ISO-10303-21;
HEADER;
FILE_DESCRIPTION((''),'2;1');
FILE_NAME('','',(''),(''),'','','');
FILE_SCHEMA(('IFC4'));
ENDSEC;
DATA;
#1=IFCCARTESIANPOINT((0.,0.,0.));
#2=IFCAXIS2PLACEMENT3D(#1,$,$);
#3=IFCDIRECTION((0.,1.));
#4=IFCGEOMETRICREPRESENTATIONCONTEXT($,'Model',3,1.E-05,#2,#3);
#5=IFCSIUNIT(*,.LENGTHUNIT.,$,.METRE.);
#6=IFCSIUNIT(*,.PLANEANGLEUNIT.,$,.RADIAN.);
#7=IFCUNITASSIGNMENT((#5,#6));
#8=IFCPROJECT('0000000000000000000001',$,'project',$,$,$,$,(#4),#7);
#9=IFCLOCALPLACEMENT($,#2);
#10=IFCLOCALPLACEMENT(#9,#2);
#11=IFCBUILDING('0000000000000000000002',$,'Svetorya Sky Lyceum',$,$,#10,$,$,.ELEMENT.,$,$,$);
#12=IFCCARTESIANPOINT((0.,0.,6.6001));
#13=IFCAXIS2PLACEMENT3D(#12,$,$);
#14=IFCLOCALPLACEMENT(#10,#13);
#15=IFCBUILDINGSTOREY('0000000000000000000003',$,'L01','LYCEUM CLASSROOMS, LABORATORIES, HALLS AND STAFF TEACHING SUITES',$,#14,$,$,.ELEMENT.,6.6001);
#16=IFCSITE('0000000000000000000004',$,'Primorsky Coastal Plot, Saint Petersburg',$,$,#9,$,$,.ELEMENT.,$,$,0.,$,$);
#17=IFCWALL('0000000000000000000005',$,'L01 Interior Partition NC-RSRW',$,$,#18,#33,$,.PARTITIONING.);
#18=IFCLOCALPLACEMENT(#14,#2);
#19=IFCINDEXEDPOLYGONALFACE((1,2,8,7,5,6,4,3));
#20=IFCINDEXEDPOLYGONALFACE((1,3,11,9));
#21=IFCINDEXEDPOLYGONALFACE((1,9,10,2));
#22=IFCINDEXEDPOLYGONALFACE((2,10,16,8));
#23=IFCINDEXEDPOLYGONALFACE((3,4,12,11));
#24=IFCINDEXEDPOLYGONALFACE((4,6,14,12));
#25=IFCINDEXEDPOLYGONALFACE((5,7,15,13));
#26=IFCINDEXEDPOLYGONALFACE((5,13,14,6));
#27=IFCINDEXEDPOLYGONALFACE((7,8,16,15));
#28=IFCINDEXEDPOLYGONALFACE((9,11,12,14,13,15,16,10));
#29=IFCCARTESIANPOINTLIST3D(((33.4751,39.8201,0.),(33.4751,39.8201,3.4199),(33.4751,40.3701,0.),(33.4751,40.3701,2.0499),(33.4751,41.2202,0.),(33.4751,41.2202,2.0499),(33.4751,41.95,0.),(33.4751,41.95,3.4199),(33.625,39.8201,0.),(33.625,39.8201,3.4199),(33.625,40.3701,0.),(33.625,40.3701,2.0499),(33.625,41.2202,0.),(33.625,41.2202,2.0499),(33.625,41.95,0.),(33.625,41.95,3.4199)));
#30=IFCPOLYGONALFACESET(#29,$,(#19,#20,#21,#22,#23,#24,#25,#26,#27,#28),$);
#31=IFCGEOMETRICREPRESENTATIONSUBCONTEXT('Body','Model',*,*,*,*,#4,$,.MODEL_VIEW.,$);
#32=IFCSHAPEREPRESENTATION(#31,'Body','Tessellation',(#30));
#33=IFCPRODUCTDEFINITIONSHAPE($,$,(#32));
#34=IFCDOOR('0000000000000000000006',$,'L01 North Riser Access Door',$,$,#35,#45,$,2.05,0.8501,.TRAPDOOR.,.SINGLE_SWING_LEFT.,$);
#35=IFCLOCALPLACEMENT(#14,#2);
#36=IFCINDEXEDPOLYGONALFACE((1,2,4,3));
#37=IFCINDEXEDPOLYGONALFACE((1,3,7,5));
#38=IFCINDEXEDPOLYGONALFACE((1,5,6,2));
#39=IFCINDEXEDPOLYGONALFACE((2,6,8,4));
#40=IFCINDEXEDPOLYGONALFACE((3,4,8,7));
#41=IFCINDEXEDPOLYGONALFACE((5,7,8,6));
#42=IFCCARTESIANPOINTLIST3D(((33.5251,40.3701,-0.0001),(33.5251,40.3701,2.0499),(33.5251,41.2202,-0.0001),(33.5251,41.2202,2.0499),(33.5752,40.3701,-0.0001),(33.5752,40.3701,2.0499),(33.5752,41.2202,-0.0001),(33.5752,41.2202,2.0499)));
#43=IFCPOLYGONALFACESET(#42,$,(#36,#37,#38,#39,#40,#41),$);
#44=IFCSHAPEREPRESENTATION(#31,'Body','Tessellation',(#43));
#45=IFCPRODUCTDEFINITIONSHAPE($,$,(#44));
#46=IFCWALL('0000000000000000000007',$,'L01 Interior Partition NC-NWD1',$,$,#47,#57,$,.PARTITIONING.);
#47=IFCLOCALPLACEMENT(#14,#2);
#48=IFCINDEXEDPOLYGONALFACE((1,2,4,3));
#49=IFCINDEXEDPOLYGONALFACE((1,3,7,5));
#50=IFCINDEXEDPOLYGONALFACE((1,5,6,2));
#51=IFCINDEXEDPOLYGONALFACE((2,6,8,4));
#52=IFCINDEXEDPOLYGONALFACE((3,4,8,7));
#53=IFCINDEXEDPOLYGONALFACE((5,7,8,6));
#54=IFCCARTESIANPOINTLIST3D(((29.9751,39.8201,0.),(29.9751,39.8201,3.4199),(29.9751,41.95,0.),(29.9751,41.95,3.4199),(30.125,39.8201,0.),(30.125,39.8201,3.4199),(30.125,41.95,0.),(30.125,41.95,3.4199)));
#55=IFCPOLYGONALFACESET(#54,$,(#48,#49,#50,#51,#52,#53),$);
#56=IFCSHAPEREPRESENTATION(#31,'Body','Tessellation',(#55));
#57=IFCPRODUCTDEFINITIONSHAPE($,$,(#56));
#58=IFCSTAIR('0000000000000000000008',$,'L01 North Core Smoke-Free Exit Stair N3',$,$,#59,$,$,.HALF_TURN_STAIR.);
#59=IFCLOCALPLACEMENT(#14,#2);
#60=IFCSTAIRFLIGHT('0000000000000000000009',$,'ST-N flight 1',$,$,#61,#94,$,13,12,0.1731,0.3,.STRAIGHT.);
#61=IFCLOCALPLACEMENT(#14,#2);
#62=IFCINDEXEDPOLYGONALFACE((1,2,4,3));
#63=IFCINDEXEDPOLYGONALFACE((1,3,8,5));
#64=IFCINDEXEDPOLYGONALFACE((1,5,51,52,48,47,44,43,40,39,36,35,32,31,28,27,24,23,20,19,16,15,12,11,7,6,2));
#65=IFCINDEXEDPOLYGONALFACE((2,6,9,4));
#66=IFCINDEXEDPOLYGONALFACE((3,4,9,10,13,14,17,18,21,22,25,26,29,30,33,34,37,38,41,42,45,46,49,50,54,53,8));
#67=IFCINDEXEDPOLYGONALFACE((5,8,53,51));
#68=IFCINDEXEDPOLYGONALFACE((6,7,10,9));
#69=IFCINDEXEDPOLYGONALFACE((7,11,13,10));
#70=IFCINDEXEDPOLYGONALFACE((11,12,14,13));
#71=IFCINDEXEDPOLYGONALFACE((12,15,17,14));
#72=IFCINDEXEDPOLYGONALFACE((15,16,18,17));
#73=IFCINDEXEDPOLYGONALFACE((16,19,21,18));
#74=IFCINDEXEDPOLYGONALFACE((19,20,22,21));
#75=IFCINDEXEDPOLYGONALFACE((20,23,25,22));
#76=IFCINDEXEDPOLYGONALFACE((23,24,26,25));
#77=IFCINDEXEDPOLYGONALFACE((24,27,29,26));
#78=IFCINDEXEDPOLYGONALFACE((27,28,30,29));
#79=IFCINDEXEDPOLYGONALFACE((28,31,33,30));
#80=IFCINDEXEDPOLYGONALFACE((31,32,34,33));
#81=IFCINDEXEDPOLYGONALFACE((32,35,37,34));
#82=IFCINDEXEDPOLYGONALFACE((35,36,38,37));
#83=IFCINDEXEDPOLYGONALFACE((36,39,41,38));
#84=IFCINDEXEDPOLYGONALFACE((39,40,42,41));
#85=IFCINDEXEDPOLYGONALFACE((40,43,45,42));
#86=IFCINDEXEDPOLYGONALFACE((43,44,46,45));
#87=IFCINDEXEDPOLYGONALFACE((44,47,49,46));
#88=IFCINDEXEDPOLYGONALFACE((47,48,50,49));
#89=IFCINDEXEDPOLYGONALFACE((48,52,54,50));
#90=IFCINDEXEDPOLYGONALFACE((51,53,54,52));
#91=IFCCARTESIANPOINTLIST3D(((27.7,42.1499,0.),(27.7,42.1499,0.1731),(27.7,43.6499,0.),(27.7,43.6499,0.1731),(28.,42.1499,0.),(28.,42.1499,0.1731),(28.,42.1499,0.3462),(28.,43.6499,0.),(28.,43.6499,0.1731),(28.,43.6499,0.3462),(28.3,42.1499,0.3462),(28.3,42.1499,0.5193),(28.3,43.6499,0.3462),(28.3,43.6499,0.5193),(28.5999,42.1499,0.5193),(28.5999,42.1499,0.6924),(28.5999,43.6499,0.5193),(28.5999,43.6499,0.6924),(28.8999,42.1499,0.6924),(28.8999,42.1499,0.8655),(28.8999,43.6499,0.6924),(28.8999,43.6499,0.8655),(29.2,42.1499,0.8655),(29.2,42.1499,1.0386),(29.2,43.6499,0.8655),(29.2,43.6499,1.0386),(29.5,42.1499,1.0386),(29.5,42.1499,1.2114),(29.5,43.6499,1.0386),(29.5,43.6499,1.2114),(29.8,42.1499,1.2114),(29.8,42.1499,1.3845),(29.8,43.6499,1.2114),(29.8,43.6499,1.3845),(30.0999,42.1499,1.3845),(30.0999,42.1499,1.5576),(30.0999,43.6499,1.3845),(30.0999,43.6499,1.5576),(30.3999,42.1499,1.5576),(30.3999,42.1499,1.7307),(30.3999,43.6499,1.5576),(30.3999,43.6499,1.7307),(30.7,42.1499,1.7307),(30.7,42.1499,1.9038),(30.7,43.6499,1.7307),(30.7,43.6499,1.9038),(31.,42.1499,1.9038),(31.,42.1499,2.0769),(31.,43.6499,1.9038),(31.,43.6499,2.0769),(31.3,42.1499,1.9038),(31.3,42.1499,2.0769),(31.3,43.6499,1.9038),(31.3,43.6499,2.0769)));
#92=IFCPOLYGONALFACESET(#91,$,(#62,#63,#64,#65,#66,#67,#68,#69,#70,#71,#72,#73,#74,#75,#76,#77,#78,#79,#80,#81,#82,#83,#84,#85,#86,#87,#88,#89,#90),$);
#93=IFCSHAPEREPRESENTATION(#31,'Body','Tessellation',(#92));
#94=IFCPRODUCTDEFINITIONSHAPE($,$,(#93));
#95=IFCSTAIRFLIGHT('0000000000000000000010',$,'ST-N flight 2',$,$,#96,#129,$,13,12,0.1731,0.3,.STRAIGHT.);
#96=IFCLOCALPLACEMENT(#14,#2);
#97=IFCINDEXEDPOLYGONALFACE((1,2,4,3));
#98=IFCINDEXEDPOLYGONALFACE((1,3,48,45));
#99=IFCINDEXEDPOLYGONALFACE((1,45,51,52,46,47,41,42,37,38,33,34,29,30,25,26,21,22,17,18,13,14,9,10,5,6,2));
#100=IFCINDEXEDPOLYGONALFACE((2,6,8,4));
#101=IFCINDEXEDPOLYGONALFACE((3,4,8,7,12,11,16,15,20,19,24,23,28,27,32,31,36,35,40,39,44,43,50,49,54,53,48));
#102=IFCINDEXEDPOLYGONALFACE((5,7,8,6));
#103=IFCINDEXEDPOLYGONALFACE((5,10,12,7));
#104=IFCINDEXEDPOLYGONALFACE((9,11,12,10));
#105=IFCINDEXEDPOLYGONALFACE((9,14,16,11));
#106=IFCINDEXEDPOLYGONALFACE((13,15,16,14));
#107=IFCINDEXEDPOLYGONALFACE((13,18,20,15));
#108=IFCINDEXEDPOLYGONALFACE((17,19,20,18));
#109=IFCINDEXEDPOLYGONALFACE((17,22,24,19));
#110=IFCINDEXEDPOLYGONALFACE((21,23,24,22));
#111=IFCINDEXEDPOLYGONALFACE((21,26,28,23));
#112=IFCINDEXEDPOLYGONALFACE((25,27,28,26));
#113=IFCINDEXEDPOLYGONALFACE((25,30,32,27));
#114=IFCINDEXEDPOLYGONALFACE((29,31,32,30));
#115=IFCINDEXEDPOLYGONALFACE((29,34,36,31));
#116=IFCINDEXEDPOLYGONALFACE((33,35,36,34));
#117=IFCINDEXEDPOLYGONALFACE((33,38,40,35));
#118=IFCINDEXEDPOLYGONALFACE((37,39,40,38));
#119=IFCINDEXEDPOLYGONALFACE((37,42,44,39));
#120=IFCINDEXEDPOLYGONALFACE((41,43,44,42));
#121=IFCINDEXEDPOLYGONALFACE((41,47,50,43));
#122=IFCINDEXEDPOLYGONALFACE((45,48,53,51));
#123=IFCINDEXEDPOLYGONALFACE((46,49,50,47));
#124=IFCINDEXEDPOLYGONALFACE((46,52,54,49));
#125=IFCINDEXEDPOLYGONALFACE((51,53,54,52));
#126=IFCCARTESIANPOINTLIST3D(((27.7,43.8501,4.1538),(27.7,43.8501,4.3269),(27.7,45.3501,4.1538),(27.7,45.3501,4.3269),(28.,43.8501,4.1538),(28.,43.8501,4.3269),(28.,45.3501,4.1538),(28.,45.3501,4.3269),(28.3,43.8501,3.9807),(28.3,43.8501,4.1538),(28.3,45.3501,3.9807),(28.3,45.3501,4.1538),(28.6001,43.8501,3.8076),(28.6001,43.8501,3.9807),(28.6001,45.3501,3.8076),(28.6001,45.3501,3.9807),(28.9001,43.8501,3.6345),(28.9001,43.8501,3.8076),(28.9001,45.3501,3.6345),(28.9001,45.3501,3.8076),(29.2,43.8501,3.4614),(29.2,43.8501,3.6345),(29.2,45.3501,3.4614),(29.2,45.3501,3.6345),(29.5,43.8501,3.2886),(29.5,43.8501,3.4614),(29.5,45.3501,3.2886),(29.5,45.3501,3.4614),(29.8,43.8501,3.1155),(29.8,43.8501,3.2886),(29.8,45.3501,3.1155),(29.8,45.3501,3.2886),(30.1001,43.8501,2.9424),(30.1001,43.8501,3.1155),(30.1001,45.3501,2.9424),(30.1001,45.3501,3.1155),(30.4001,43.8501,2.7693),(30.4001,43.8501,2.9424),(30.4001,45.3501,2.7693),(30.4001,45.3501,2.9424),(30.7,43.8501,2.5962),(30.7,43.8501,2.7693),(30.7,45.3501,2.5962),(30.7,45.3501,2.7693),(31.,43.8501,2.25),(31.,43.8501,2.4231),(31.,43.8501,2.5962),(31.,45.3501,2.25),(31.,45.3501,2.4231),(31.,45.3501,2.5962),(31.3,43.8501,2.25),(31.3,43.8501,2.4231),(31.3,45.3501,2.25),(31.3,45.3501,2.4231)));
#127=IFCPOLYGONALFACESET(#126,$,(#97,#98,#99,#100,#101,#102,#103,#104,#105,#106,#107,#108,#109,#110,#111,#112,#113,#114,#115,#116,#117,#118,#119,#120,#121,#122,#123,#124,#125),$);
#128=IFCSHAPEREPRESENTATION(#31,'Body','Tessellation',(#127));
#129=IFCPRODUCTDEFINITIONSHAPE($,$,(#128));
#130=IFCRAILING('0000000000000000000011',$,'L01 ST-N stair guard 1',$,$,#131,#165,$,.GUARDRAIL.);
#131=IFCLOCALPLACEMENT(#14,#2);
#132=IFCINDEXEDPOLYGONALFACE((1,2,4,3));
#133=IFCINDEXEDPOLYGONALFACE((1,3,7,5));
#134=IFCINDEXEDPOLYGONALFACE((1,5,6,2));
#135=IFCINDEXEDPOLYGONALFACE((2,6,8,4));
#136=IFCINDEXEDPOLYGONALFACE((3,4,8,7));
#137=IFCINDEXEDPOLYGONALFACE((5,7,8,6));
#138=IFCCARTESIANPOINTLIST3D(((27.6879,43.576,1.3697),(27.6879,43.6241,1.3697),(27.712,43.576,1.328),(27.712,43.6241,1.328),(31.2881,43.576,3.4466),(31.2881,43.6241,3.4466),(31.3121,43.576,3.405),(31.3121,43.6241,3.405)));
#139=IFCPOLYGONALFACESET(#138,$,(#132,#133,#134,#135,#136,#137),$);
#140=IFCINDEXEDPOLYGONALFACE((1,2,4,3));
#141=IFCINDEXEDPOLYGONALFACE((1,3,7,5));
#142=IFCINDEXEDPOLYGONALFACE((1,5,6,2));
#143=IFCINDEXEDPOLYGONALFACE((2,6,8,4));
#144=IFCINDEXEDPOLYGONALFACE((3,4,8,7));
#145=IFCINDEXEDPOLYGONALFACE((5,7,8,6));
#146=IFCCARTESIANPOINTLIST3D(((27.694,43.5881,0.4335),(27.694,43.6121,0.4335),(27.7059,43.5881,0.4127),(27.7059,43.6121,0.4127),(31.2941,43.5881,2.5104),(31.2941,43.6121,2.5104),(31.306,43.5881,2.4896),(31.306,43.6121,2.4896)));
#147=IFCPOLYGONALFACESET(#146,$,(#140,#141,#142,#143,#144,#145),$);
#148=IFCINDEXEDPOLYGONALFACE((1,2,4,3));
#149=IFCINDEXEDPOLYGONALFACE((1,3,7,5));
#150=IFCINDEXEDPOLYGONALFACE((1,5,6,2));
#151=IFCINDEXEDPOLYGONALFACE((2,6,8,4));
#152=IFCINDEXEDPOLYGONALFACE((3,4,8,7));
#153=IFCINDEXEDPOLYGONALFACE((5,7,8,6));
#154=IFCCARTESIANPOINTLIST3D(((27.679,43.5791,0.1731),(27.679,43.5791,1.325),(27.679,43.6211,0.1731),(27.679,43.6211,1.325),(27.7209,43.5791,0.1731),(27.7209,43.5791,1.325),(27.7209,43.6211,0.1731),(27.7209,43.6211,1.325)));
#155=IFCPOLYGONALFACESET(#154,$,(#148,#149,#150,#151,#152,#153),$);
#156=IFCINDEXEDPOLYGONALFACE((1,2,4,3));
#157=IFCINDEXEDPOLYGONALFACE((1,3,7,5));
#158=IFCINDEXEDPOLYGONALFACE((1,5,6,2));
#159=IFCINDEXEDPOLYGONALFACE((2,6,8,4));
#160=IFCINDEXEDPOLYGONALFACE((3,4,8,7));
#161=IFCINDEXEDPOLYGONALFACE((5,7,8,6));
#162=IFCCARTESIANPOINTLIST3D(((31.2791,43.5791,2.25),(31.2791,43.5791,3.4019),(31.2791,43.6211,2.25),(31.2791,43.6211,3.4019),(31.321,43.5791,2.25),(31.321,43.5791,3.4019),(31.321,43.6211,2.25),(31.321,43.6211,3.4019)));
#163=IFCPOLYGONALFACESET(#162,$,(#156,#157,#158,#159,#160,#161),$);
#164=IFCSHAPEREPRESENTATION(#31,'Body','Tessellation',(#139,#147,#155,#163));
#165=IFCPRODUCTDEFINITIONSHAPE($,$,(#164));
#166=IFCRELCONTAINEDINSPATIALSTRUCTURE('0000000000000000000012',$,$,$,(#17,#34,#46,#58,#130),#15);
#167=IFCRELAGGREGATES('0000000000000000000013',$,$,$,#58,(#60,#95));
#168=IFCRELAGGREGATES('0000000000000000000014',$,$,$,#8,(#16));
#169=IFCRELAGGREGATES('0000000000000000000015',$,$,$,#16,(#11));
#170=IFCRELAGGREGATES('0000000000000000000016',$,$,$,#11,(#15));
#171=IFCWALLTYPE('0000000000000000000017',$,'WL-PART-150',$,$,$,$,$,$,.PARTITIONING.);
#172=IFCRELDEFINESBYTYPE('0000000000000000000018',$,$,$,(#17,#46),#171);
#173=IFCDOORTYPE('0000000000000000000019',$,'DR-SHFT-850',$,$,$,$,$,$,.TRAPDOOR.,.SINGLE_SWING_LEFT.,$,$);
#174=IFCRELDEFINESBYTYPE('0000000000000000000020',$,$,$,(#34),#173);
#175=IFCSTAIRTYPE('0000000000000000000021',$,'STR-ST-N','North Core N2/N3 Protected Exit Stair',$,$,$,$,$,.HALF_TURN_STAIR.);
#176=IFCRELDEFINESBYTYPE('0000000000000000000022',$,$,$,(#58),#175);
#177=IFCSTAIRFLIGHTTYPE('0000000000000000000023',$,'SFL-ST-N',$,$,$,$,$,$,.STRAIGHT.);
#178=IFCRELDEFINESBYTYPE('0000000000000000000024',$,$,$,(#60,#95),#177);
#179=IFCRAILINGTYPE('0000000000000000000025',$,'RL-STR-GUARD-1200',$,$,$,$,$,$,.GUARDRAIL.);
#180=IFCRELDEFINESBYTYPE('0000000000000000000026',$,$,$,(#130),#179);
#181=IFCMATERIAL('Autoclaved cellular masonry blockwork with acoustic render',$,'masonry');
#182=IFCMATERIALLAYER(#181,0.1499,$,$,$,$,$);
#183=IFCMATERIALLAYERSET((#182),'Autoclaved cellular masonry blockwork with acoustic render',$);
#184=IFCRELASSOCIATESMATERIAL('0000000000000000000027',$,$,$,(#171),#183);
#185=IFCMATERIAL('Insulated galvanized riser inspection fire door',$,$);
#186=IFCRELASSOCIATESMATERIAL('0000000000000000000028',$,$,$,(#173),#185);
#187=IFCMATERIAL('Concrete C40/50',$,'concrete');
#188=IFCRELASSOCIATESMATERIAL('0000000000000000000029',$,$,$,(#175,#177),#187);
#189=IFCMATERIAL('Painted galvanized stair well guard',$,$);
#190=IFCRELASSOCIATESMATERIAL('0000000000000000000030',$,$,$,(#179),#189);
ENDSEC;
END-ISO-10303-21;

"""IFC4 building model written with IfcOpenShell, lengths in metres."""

from ifc_helpers import new_model, si_unit, direction, frame, frame_2d, origin, origin_2d, place, context, subcontext, project, spatial, polyline, rectangle, outline, extrude, material, layer, layer_set, type_object, element, fill, aggregate, save


model = new_model("IFC4")

# Units and contexts
model_context = context("Model", 3, precision=1e-05, world=origin(), true_north=direction((0.0, 1.0)))
body_context = subcontext(model_context, "Body", "Model", "MODEL_VIEW")
ifc_project = project(units=[si_unit("LENGTHUNIT", "METRE"), si_unit("PLANEANGLEUNIT", "RADIAN")], contexts=[model_context])

# Site, building, storey
site_placement = place(None, origin())
site = spatial("IfcSite", under=ifc_project, at=site_placement, Name="Primorsky Coastal Plot, Saint Petersburg", CompositionType="ELEMENT", RefElevation=0.0)
building_placement = place(site_placement, origin())
building = spatial("IfcBuilding", under=site, at=building_placement, Name="Svetorya Sky Lyceum", CompositionType="ELEMENT")
storey_placement = place(building_placement, frame((0.0, 0.0, 6.6001)))
storey = spatial("IfcBuildingStorey", under=building, at=storey_placement, Name="L01", Description="LYCEUM CLASSROOMS, LABORATORIES, HALLS AND STAFF TEACHING SUITES", CompositionType="ELEMENT", Elevation=6.6001)

# Wall, opening, door
ifc_material_1 = material(Name="Autoclaved cellular masonry blockwork with acoustic render", Category="masonry")
ifc_layer_1 = layer(ifc_material_1, 0.1499)
ifc_layer_set_1 = layer_set([ifc_layer_1], Name="Autoclaved cellular masonry blockwork with acoustic render")
wall_type_1 = type_object("IfcWallType", Name="WL-PART-150", PredefinedType="PARTITIONING", material=ifc_layer_set_1)
wall_1_placement = place(storey_placement, frame((33.55, 39.8201, 0.0), z_axis=(0.0, 0.0, 1.0), x_axis=(0.0, 1.0, 0.0)))
wall_1 = element("IfcWall", 1, at=wall_1_placement, inside=storey, type_object=wall_type_1, Name="L01 Interior Partition NC-RSRW", PredefinedType="PARTITIONING", context=body_context, shape_type="SweptSolid", body=[
    extrude(rectangle(XDim=2.1299, YDim=0.1499, at=frame_2d((1.0649, 0.0))), origin(), (0.0, 0.0, 1.0), 3.4199),
])
opening_placement = place(wall_1_placement, frame((0.55, 0.0, 0.0)))
opening = element("IfcOpeningElement", 2, at=opening_placement, cuts=wall_1, PredefinedType="OPENING", context=body_context, shape_type="SweptSolid", body=[
    extrude(rectangle(XDim=0.8501, YDim=2.05, at=frame_2d((0.425, 1.0249))), frame((0.0, 0.085, 0.0), z_axis=(0.0, -1.0, 0.0), x_axis=(1.0, 0.0, 0.0)), (0.0, 0.0, 1.0), 0.1699),
])
ifc_material_2 = material(Name="Insulated galvanized riser inspection fire door")
door_type = type_object("IfcDoorType", Name="DR-SHFT-850", OperationType="SINGLE_SWING_LEFT", PredefinedType="TRAPDOOR", material=ifc_material_2)
door_placement = place(opening_placement, origin())
door = element("IfcDoor", 3, at=door_placement, inside=storey, type_object=door_type, Name="L01 North Riser Access Door", OperationType="SINGLE_SWING_LEFT", OverallHeight=2.05, OverallWidth=0.8501, PredefinedType="TRAPDOOR", context=body_context, shape_type="SweptSolid", body=[
    extrude(rectangle(XDim=0.8501, YDim=2.05, at=frame_2d((0.425, 1.0249))), frame((0.0, 0.0249, 0.0), z_axis=(0.0, -1.0, 0.0), x_axis=(1.0, 0.0, 0.0)), (0.0, 0.0, 1.0), 0.05),
])
fill(opening, door)

# Wall
wall_2_placement = place(storey_placement, frame((30.05, 39.8201, 0.0), z_axis=(0.0, 0.0, 1.0), x_axis=(0.0, 1.0, 0.0)))
element("IfcWall", 4, at=wall_2_placement, inside=storey, type_object=wall_type_1, Name="L01 Interior Partition NC-NWD1", PredefinedType="PARTITIONING", context=body_context, shape_type="SweptSolid", body=[
    extrude(rectangle(XDim=2.1299, YDim=0.1499, at=frame_2d((1.0649, 0.0))), origin(), (0.0, 0.0, 1.0), 3.4199),
])

# Stair, stair flights
ifc_material_3 = material(Name="Concrete C40/50", Category="concrete")
stair_type = type_object("IfcStairType", Name="STR-ST-N", Description="North Core N2/N3 Protected Exit Stair", PredefinedType="HALF_TURN_STAIR", material=ifc_material_3)
stair_placement = place(storey_placement, origin())
stair = element("IfcStair", 5, at=stair_placement, inside=storey, type_object=stair_type, Name="L01 North Core Smoke-Free Exit Stair N3", PredefinedType="HALF_TURN_STAIR")
stair_flight_type = type_object("IfcStairFlightType", Name="SFL-ST-N", PredefinedType="STRAIGHT", material=ifc_material_3)
stair_flight_1_placement = place(storey_placement, frame((27.7, 42.8999, 0.0), z_axis=(0.0, 0.0, 1.0), x_axis=(1.0, 0.0, 0.0)))
stair_flight_1 = element("IfcStairFlight", 6, at=stair_flight_1_placement, type_object=stair_flight_type, Name="ST-N flight 1", NumberOfRisers=13, NumberOfTreads=12, PredefinedType="STRAIGHT", RiserHeight=0.1731, TreadLength=0.3, context=body_context, shape_type="SweptSolid", body=[
    extrude(outline(polyline([(0.0, 0.0), (0.0, 0.1731), (0.3, 0.1731), (0.3, 0.3462), (0.6001, 0.3462), (0.6001, 0.5193), (0.8999, 0.5193), (0.8999, 0.6924), (1.2, 0.6924), (1.2, 0.8655), (1.5, 0.8655), (1.5, 1.0386), (1.8, 1.0386), (1.8, 1.2114), (2.1001, 1.2114), (2.1001, 1.3845), (2.3999, 1.3845), (2.3999, 1.5576), (2.7, 1.5576), (2.7, 1.7307), (3.0, 1.7307), (3.0, 1.9038), (3.3, 1.9038), (3.3, 2.0769), (3.6001, 2.0769), (3.6001, 2.25), (3.6001, 1.9038), (0.3, 0.0), (0.0, 0.0)])), frame((0.0, 0.75, 0.0), z_axis=(0.0, -1.0, 0.0), x_axis=(1.0, 0.0, 0.0)), (0.0, 0.0, 1.0), 1.5),
])
stair_flight_2_placement = place(storey_placement, frame((31.3, 44.6001, 2.25), z_axis=(0.0, 0.0, 1.0), x_axis=(-1.0, 0.0, 0.0)))
stair_flight_2 = element("IfcStairFlight", 7, at=stair_flight_2_placement, type_object=stair_flight_type, Name="ST-N flight 2", NumberOfRisers=13, NumberOfTreads=12, PredefinedType="STRAIGHT", RiserHeight=0.1731, TreadLength=0.3, context=body_context, shape_type="SweptSolid", body=[
    extrude(outline(polyline([(0.0, 0.0), (0.0, 0.1731), (0.3, 0.1731), (0.3, 0.3462), (0.6001, 0.3462), (0.6001, 0.5193), (0.8999, 0.5193), (0.8999, 0.6924), (1.2, 0.6924), (1.2, 0.8655), (1.5, 0.8655), (1.5, 1.0386), (1.8, 1.0386), (1.8, 1.2114), (2.1001, 1.2114), (2.1001, 1.3845), (2.3999, 1.3845), (2.3999, 1.5576), (2.7, 1.5576), (2.7, 1.7307), (3.0, 1.7307), (3.0, 1.9038), (3.3, 1.9038), (3.3, 2.0769), (3.6001, 2.0769), (3.6001, 2.25), (3.6001, 1.9038), (0.3, 0.0), (0.0, 0.0)])), frame((0.0, 0.75, 0.0), z_axis=(0.0, -1.0, 0.0), x_axis=(1.0, 0.0, 0.0)), (0.0, 0.0, 1.0), 1.5),
])
aggregate(stair, [stair_flight_1, stair_flight_2])

# Railing
ifc_material_4 = material(Name="Painted galvanized stair well guard")
railing_type_1 = type_object("IfcRailingType", Name="RL-STR-GUARD-1200", PredefinedType="GUARDRAIL", material=ifc_material_4)
railing_1_placement = place(storey_placement, frame((27.7, 43.6001, 0.1731)))
element("IfcRailing", 8, at=railing_1_placement, inside=storey, type_object=railing_type_1, Name="L01 ST-N stair guard 1", PredefinedType="GUARDRAIL", context=body_context, shape_type="SweptSolid", body=[
    extrude(rectangle(XDim=0.0481, YDim=0.0481, at=origin_2d()), frame((0.0, 0.0, 1.1758), z_axis=(0.866193, 0.0, 0.499709), x_axis=(0.0, 1.0, 0.0)), (0.0, 0.0, 1.0), 4.1562),
    extrude(rectangle(XDim=0.0239, YDim=0.0239, at=origin_2d()), frame((0.0, 0.0, 0.25), z_axis=(0.866193, 0.0, 0.499709), x_axis=(0.0, 1.0, 0.0)), (0.0, 0.0, 1.0), 4.1562),
    extrude(rectangle(XDim=0.042, YDim=0.042, at=origin_2d()), origin(), (0.0, 0.0, 1.0), 1.1519),
    extrude(rectangle(XDim=0.042, YDim=0.042, at=origin_2d()), frame((3.6001, 0.0, 2.0769)), (0.0, 0.0, 1.0), 1.1519),
])

save(model, "model.ifc")
